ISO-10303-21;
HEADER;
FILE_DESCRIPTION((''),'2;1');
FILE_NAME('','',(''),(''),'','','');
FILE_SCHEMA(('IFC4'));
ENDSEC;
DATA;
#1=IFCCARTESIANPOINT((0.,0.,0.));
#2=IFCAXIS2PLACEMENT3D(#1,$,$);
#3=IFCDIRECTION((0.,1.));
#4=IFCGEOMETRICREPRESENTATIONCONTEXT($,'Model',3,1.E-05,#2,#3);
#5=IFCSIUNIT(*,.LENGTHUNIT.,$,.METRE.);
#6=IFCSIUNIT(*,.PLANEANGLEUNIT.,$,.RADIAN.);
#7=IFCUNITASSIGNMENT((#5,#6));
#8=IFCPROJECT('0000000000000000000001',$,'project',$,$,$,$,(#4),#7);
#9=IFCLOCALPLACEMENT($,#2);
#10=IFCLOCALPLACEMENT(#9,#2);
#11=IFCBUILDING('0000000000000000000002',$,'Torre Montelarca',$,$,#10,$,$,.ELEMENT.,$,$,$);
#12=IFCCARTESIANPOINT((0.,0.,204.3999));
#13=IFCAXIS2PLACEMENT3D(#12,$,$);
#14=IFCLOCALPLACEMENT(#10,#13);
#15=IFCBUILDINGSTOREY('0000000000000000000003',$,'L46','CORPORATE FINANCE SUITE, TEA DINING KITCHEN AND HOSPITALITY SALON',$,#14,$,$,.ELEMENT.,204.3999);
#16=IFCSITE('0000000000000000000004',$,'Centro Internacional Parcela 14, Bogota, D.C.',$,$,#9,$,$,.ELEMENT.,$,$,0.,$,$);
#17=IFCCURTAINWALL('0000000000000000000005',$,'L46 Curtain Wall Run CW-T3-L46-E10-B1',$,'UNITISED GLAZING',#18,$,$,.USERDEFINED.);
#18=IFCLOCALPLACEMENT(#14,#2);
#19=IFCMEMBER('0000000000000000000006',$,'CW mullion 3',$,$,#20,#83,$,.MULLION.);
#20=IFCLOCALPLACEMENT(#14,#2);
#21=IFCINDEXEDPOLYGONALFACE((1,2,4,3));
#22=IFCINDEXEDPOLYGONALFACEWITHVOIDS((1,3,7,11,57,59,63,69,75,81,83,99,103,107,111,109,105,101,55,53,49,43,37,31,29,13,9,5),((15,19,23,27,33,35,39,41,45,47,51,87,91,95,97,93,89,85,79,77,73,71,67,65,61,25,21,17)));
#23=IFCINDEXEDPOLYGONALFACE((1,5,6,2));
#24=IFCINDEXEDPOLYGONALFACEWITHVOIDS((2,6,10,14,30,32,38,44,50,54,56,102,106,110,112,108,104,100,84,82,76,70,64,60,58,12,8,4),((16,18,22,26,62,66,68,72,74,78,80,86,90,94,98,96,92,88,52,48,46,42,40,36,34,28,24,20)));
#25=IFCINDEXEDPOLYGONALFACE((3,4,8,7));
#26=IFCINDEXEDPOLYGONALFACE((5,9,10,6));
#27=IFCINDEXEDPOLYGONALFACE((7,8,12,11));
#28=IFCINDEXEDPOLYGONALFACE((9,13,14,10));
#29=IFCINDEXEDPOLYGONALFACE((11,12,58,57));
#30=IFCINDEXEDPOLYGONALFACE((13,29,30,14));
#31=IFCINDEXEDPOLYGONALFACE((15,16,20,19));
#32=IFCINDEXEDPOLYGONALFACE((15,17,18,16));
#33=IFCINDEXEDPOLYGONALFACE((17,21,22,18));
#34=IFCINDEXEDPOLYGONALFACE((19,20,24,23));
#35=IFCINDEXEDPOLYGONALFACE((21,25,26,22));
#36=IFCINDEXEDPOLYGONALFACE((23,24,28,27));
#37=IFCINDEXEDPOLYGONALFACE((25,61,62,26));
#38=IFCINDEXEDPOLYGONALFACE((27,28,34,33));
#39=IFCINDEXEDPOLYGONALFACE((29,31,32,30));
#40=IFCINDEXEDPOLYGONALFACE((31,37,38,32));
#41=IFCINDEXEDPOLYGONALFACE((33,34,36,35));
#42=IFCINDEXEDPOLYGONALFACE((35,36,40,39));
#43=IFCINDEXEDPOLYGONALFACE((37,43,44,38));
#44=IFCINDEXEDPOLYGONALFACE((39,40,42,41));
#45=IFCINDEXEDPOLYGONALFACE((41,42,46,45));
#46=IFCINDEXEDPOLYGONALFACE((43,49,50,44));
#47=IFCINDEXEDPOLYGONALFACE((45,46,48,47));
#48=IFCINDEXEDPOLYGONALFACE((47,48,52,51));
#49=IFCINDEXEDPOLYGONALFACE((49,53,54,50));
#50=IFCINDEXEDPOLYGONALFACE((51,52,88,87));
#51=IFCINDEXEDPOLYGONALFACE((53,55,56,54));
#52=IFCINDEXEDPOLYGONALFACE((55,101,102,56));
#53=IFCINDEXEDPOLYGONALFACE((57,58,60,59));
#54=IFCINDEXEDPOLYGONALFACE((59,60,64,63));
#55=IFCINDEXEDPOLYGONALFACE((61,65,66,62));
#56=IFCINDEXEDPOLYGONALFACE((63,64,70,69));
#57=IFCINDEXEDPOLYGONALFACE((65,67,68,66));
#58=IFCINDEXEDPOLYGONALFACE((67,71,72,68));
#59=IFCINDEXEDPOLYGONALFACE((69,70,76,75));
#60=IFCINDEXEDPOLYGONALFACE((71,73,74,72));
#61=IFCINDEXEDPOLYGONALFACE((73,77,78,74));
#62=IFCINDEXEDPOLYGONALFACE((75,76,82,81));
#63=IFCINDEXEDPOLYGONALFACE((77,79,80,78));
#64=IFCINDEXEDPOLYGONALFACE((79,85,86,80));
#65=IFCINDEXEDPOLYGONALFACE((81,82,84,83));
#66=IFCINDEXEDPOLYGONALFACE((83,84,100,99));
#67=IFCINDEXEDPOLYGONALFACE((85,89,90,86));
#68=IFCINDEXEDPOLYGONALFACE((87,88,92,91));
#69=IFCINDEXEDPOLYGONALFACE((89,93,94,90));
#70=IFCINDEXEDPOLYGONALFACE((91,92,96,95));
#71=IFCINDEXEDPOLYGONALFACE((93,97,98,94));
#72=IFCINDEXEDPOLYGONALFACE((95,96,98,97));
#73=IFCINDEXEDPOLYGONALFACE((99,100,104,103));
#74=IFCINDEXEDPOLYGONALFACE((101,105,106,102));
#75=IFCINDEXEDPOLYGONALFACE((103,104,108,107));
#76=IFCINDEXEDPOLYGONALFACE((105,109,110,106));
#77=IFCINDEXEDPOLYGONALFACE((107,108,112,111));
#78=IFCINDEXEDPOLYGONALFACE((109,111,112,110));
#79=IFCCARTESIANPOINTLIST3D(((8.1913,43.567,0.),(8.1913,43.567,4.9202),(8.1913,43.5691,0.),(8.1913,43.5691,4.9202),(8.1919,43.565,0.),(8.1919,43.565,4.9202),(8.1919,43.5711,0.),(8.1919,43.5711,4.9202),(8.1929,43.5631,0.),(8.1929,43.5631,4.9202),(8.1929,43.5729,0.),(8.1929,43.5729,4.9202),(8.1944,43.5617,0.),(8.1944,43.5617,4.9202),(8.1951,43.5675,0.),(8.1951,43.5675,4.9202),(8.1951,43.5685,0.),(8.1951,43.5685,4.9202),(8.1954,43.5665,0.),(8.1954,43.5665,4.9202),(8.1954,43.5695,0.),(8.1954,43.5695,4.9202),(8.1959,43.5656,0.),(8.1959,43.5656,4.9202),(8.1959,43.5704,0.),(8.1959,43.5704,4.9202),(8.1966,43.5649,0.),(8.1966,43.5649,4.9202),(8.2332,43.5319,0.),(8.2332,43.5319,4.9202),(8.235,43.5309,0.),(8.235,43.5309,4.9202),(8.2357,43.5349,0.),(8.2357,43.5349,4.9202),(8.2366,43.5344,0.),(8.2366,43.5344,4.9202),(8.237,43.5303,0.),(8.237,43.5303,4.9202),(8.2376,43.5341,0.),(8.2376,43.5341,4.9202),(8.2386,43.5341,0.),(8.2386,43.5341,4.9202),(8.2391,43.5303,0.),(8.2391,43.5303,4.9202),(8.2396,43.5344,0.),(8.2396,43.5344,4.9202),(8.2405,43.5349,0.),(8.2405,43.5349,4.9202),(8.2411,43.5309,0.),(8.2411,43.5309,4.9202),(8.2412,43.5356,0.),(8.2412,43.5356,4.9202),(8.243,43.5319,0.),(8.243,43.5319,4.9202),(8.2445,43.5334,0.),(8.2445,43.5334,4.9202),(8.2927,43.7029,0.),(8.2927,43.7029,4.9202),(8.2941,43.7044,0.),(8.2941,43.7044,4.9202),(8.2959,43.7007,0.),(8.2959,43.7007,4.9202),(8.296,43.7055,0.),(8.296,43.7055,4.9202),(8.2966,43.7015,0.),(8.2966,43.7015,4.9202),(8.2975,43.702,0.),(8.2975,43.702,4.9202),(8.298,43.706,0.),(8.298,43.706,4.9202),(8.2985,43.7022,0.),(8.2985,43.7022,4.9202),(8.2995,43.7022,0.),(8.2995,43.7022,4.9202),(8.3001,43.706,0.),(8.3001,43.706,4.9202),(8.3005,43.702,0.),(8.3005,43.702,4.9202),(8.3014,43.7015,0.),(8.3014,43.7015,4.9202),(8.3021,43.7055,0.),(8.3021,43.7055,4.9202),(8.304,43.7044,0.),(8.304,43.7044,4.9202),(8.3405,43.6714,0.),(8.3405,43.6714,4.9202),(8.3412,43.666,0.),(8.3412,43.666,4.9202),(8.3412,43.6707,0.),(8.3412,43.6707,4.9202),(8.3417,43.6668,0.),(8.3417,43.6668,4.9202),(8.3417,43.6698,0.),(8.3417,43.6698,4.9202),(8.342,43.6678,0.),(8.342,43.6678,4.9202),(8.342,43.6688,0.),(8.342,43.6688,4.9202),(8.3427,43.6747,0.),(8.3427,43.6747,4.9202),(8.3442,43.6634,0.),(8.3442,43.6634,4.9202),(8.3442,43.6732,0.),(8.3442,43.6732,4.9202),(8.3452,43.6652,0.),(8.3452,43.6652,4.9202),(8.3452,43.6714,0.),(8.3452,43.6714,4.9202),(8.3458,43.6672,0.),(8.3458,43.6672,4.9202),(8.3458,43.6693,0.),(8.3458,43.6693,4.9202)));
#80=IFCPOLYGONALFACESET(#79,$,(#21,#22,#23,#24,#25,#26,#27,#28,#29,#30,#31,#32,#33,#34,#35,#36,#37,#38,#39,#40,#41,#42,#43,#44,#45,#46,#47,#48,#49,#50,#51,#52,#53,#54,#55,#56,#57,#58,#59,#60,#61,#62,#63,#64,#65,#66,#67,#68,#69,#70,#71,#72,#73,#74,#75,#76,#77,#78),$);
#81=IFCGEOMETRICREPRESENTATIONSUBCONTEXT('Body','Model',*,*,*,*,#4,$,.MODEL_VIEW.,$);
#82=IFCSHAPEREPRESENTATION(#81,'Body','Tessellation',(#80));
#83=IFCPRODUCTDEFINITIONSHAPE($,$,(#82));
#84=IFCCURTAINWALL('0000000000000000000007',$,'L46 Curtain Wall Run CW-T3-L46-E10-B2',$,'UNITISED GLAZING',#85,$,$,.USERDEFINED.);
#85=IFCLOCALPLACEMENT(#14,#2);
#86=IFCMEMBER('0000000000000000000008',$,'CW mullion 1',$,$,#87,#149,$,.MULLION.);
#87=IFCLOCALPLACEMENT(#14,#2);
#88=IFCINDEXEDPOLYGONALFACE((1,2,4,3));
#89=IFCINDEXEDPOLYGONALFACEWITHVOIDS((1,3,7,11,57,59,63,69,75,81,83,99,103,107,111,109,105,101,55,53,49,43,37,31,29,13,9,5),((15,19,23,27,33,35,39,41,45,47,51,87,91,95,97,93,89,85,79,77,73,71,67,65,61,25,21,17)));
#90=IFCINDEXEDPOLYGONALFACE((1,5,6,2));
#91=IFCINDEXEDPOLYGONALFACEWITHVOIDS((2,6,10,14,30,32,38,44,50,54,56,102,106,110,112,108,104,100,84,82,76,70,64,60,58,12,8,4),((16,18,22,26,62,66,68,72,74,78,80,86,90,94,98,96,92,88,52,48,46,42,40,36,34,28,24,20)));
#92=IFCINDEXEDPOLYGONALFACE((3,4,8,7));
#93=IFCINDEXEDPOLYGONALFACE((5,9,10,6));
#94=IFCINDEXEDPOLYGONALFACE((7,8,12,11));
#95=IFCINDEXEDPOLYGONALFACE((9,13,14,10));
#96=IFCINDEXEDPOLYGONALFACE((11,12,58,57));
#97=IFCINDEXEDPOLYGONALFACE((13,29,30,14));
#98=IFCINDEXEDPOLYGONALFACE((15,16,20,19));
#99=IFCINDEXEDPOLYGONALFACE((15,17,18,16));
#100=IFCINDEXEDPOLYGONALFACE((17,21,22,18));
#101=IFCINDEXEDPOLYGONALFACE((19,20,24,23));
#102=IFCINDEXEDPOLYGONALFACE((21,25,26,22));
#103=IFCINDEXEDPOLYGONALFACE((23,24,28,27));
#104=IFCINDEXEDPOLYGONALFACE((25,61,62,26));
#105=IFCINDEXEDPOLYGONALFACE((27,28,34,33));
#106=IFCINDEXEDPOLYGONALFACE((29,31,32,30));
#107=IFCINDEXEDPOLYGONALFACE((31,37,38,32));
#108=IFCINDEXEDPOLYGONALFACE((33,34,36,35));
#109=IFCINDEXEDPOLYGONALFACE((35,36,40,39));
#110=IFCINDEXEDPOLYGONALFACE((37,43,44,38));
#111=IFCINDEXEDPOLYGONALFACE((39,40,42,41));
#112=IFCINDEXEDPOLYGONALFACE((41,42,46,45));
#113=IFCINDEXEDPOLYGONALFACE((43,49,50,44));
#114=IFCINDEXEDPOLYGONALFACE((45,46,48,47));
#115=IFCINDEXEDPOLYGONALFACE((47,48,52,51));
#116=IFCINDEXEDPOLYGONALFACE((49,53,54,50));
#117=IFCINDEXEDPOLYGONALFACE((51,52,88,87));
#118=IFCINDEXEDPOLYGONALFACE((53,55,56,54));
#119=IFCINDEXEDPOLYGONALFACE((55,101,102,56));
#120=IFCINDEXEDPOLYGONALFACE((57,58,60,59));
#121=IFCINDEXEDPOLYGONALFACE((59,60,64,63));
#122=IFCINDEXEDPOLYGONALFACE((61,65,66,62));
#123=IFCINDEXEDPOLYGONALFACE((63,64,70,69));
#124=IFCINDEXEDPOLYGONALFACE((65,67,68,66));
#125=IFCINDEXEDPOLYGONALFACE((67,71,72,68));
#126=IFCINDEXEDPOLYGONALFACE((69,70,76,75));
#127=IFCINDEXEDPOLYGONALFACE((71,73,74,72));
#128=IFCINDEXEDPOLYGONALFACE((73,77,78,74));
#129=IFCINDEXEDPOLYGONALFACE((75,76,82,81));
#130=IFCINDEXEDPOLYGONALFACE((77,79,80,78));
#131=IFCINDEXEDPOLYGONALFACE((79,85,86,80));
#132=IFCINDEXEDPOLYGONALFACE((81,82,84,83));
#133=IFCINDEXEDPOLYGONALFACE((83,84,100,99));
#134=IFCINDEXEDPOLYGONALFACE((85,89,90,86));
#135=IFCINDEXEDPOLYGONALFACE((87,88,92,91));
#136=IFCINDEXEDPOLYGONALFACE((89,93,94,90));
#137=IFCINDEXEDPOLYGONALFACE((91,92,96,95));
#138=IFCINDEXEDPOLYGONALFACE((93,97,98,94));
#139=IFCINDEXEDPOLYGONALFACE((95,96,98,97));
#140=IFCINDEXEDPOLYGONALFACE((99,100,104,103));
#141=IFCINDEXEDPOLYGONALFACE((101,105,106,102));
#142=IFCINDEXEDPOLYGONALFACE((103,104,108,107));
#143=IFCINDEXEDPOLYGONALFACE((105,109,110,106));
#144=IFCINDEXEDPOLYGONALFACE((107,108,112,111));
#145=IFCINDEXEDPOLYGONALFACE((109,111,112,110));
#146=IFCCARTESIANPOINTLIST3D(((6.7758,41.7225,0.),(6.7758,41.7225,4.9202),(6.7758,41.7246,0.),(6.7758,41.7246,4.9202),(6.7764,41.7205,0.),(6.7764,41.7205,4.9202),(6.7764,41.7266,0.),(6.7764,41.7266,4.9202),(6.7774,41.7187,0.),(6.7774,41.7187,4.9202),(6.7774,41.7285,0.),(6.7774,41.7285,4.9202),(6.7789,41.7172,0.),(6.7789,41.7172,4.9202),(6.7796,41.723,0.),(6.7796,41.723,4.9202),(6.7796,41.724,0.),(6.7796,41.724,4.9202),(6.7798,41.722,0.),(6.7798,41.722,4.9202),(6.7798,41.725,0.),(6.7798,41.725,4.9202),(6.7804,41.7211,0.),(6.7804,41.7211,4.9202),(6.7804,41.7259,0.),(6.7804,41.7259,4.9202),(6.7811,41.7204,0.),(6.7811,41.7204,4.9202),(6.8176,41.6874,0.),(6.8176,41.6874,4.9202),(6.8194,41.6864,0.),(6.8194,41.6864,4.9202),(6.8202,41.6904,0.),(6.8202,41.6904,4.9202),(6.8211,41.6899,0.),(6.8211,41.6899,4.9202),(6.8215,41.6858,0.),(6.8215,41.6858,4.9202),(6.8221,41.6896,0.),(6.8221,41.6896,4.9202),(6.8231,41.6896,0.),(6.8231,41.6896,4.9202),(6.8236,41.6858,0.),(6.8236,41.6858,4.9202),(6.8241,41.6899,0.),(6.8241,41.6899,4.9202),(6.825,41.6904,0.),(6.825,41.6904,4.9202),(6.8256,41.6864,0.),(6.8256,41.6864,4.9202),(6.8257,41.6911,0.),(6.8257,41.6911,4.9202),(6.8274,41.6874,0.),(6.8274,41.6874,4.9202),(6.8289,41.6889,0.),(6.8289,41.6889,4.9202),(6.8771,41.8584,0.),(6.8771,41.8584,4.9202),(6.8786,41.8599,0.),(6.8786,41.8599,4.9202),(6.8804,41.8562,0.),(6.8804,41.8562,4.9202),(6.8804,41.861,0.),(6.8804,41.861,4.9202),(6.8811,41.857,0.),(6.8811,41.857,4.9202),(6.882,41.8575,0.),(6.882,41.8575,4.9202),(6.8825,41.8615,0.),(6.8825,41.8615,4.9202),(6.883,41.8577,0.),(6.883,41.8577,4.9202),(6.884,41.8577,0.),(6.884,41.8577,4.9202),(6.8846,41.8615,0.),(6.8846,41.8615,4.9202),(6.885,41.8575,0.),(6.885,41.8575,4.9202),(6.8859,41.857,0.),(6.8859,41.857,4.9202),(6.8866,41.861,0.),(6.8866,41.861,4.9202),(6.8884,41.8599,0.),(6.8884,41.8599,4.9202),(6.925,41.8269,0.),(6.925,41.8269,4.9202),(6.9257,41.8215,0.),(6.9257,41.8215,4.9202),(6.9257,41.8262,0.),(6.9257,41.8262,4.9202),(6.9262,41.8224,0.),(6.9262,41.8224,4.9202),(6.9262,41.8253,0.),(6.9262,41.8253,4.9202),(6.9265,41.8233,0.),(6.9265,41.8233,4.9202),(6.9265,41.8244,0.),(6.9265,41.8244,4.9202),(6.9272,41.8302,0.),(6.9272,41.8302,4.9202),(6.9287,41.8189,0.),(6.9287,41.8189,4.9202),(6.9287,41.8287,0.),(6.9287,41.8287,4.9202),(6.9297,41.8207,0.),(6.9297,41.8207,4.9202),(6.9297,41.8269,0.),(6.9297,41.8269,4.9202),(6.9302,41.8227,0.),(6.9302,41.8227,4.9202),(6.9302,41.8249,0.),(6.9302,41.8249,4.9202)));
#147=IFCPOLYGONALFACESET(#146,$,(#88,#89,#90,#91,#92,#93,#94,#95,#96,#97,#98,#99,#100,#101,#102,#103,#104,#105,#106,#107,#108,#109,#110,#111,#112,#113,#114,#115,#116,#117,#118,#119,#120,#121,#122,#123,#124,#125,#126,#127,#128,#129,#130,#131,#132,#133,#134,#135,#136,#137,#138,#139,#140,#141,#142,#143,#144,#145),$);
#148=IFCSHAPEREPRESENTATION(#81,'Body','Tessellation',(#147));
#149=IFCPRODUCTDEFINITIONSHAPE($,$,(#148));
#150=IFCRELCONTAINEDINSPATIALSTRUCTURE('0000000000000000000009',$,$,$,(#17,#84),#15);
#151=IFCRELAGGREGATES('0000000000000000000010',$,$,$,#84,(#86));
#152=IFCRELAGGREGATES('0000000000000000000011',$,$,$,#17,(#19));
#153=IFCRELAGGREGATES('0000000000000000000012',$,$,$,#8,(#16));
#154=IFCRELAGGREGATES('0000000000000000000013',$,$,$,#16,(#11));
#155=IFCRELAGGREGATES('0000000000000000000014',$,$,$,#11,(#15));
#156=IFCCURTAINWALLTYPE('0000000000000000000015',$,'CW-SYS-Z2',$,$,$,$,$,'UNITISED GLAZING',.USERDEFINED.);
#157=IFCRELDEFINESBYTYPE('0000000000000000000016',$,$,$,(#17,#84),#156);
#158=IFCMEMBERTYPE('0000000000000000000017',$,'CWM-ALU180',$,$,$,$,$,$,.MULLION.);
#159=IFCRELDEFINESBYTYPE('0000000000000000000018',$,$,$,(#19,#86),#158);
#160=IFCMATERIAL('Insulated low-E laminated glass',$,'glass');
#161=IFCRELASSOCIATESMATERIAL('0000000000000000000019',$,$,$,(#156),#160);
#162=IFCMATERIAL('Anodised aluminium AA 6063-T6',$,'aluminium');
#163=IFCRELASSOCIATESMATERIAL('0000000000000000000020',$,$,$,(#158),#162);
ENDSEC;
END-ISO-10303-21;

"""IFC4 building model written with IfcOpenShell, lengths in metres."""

from ifc_helpers import new_model, si_unit, direction, frame, origin, origin_2d, place, context, subcontext, project, spatial, hollow_rectangle, extrude, source, transform, mapped, material, material_profile, profile_set, type_object, element, aggregate, save


model = new_model("IFC4")

# Units and contexts
model_context = context("Model", 3, precision=1e-05, world=origin(), true_north=direction((0.0, 1.0)))
body_context = subcontext(model_context, "Body", "Model", "MODEL_VIEW")
ifc_project = project(units=[si_unit("LENGTHUNIT", "METRE"), si_unit("PLANEANGLEUNIT", "RADIAN")], contexts=[model_context])

# Site, building, storey
site_placement = place(None, origin())
site = spatial("IfcSite", under=ifc_project, at=site_placement, Name="Centro Internacional Parcela 14, Bogota, D.C.", CompositionType="ELEMENT", RefElevation=0.0)
building_placement = place(site_placement, origin())
building = spatial("IfcBuilding", under=site, at=building_placement, Name="Torre Montelarca", CompositionType="ELEMENT")
storey_placement = place(building_placement, frame((0.0, 0.0, 204.3999)))
storey = spatial("IfcBuildingStorey", under=building, at=storey_placement, Name="L46", Description="CORPORATE FINANCE SUITE, TEA DINING KITCHEN AND HOSPITALITY SALON", CompositionType="ELEMENT", Elevation=204.3999)

# Curtain wall
ifc_material_1 = material(Name="Insulated low-E laminated glass", Category="glass")
curtain_wall_type = type_object("IfcCurtainWallType", Name="CW-SYS-Z2", ElementType="UNITISED GLAZING", PredefinedType="USERDEFINED", material=ifc_material_1)
ifc_material_2 = material(Name="Anodised aluminium AA 6063-T6", Category="aluminium")
curtain_wall_1_placement = place(storey_placement, origin())
curtain_wall_1 = element("IfcCurtainWall", 1, at=curtain_wall_1_placement, inside=storey, type_object=curtain_wall_type, Name="L46 Curtain Wall Run CW-T3-L46-E10-B1", ObjectType="UNITISED GLAZING", PredefinedType="USERDEFINED")

# Member
ifc_material_profile_1 = material_profile(ifc_material_2, hollow_rectangle(XDim=0.0649, YDim=0.1799, WallThickness=0.0039, InnerFilletRadius=0.0039, OuterFilletRadius=0.0081, at=origin_2d()), Name="ALU65X180X4", Category="aluminium")
ifc_profile_set_1 = profile_set([ifc_material_profile_1], Name="Anodised aluminium AA 6063-T6")
member_type_1 = type_object("IfcMemberType", Name="CWM-ALU180", PredefinedType="MULLION", material=ifc_profile_set_1)
shared_shape_1 = source(origin(), body_context, "Body", "SweptSolid", [
    extrude(hollow_rectangle(XDim=0.0649, YDim=0.1799, WallThickness=0.0039, InnerFilletRadius=0.0039, OuterFilletRadius=0.0081, at=origin_2d()), origin(), (0.0, 0.0, 1.0), 4.9202),
])
member_1_placement = place(storey_placement, frame((8.2686, 43.6182, 0.0), z_axis=(0.0, 0.0, 1.0), x_axis=(0.793347, -0.608769, 0.0)))
member_1 = element("IfcMember", 2, at=member_1_placement, type_object=member_type_1, Name="CW mullion 3", PredefinedType="MULLION", context=body_context, shape_type="MappedRepresentation", body=[
    mapped(shared_shape_1, transform((0.0, 0.0, 0.0), scale=1.0)),
])

# Curtain wall, member
curtain_wall_2_placement = place(storey_placement, origin())
curtain_wall_2 = element("IfcCurtainWall", 3, at=curtain_wall_2_placement, inside=storey, type_object=curtain_wall_type, Name="L46 Curtain Wall Run CW-T3-L46-E10-B2", ObjectType="UNITISED GLAZING", PredefinedType="USERDEFINED")
member_2_placement = place(storey_placement, frame((6.853, 41.7737, 0.0), z_axis=(0.0, 0.0, 1.0), x_axis=(0.793346, -0.608771, 0.0)))
member_2 = element("IfcMember", 4, at=member_2_placement, type_object=member_type_1, Name="CW mullion 1", PredefinedType="MULLION", context=body_context, shape_type="MappedRepresentation", body=[
    mapped(shared_shape_1, transform((0.0, 0.0, 0.0), scale=1.0)),
])

aggregate(curtain_wall_2, [member_2])
aggregate(curtain_wall_1, [member_1])

save(model, "model.ifc")
